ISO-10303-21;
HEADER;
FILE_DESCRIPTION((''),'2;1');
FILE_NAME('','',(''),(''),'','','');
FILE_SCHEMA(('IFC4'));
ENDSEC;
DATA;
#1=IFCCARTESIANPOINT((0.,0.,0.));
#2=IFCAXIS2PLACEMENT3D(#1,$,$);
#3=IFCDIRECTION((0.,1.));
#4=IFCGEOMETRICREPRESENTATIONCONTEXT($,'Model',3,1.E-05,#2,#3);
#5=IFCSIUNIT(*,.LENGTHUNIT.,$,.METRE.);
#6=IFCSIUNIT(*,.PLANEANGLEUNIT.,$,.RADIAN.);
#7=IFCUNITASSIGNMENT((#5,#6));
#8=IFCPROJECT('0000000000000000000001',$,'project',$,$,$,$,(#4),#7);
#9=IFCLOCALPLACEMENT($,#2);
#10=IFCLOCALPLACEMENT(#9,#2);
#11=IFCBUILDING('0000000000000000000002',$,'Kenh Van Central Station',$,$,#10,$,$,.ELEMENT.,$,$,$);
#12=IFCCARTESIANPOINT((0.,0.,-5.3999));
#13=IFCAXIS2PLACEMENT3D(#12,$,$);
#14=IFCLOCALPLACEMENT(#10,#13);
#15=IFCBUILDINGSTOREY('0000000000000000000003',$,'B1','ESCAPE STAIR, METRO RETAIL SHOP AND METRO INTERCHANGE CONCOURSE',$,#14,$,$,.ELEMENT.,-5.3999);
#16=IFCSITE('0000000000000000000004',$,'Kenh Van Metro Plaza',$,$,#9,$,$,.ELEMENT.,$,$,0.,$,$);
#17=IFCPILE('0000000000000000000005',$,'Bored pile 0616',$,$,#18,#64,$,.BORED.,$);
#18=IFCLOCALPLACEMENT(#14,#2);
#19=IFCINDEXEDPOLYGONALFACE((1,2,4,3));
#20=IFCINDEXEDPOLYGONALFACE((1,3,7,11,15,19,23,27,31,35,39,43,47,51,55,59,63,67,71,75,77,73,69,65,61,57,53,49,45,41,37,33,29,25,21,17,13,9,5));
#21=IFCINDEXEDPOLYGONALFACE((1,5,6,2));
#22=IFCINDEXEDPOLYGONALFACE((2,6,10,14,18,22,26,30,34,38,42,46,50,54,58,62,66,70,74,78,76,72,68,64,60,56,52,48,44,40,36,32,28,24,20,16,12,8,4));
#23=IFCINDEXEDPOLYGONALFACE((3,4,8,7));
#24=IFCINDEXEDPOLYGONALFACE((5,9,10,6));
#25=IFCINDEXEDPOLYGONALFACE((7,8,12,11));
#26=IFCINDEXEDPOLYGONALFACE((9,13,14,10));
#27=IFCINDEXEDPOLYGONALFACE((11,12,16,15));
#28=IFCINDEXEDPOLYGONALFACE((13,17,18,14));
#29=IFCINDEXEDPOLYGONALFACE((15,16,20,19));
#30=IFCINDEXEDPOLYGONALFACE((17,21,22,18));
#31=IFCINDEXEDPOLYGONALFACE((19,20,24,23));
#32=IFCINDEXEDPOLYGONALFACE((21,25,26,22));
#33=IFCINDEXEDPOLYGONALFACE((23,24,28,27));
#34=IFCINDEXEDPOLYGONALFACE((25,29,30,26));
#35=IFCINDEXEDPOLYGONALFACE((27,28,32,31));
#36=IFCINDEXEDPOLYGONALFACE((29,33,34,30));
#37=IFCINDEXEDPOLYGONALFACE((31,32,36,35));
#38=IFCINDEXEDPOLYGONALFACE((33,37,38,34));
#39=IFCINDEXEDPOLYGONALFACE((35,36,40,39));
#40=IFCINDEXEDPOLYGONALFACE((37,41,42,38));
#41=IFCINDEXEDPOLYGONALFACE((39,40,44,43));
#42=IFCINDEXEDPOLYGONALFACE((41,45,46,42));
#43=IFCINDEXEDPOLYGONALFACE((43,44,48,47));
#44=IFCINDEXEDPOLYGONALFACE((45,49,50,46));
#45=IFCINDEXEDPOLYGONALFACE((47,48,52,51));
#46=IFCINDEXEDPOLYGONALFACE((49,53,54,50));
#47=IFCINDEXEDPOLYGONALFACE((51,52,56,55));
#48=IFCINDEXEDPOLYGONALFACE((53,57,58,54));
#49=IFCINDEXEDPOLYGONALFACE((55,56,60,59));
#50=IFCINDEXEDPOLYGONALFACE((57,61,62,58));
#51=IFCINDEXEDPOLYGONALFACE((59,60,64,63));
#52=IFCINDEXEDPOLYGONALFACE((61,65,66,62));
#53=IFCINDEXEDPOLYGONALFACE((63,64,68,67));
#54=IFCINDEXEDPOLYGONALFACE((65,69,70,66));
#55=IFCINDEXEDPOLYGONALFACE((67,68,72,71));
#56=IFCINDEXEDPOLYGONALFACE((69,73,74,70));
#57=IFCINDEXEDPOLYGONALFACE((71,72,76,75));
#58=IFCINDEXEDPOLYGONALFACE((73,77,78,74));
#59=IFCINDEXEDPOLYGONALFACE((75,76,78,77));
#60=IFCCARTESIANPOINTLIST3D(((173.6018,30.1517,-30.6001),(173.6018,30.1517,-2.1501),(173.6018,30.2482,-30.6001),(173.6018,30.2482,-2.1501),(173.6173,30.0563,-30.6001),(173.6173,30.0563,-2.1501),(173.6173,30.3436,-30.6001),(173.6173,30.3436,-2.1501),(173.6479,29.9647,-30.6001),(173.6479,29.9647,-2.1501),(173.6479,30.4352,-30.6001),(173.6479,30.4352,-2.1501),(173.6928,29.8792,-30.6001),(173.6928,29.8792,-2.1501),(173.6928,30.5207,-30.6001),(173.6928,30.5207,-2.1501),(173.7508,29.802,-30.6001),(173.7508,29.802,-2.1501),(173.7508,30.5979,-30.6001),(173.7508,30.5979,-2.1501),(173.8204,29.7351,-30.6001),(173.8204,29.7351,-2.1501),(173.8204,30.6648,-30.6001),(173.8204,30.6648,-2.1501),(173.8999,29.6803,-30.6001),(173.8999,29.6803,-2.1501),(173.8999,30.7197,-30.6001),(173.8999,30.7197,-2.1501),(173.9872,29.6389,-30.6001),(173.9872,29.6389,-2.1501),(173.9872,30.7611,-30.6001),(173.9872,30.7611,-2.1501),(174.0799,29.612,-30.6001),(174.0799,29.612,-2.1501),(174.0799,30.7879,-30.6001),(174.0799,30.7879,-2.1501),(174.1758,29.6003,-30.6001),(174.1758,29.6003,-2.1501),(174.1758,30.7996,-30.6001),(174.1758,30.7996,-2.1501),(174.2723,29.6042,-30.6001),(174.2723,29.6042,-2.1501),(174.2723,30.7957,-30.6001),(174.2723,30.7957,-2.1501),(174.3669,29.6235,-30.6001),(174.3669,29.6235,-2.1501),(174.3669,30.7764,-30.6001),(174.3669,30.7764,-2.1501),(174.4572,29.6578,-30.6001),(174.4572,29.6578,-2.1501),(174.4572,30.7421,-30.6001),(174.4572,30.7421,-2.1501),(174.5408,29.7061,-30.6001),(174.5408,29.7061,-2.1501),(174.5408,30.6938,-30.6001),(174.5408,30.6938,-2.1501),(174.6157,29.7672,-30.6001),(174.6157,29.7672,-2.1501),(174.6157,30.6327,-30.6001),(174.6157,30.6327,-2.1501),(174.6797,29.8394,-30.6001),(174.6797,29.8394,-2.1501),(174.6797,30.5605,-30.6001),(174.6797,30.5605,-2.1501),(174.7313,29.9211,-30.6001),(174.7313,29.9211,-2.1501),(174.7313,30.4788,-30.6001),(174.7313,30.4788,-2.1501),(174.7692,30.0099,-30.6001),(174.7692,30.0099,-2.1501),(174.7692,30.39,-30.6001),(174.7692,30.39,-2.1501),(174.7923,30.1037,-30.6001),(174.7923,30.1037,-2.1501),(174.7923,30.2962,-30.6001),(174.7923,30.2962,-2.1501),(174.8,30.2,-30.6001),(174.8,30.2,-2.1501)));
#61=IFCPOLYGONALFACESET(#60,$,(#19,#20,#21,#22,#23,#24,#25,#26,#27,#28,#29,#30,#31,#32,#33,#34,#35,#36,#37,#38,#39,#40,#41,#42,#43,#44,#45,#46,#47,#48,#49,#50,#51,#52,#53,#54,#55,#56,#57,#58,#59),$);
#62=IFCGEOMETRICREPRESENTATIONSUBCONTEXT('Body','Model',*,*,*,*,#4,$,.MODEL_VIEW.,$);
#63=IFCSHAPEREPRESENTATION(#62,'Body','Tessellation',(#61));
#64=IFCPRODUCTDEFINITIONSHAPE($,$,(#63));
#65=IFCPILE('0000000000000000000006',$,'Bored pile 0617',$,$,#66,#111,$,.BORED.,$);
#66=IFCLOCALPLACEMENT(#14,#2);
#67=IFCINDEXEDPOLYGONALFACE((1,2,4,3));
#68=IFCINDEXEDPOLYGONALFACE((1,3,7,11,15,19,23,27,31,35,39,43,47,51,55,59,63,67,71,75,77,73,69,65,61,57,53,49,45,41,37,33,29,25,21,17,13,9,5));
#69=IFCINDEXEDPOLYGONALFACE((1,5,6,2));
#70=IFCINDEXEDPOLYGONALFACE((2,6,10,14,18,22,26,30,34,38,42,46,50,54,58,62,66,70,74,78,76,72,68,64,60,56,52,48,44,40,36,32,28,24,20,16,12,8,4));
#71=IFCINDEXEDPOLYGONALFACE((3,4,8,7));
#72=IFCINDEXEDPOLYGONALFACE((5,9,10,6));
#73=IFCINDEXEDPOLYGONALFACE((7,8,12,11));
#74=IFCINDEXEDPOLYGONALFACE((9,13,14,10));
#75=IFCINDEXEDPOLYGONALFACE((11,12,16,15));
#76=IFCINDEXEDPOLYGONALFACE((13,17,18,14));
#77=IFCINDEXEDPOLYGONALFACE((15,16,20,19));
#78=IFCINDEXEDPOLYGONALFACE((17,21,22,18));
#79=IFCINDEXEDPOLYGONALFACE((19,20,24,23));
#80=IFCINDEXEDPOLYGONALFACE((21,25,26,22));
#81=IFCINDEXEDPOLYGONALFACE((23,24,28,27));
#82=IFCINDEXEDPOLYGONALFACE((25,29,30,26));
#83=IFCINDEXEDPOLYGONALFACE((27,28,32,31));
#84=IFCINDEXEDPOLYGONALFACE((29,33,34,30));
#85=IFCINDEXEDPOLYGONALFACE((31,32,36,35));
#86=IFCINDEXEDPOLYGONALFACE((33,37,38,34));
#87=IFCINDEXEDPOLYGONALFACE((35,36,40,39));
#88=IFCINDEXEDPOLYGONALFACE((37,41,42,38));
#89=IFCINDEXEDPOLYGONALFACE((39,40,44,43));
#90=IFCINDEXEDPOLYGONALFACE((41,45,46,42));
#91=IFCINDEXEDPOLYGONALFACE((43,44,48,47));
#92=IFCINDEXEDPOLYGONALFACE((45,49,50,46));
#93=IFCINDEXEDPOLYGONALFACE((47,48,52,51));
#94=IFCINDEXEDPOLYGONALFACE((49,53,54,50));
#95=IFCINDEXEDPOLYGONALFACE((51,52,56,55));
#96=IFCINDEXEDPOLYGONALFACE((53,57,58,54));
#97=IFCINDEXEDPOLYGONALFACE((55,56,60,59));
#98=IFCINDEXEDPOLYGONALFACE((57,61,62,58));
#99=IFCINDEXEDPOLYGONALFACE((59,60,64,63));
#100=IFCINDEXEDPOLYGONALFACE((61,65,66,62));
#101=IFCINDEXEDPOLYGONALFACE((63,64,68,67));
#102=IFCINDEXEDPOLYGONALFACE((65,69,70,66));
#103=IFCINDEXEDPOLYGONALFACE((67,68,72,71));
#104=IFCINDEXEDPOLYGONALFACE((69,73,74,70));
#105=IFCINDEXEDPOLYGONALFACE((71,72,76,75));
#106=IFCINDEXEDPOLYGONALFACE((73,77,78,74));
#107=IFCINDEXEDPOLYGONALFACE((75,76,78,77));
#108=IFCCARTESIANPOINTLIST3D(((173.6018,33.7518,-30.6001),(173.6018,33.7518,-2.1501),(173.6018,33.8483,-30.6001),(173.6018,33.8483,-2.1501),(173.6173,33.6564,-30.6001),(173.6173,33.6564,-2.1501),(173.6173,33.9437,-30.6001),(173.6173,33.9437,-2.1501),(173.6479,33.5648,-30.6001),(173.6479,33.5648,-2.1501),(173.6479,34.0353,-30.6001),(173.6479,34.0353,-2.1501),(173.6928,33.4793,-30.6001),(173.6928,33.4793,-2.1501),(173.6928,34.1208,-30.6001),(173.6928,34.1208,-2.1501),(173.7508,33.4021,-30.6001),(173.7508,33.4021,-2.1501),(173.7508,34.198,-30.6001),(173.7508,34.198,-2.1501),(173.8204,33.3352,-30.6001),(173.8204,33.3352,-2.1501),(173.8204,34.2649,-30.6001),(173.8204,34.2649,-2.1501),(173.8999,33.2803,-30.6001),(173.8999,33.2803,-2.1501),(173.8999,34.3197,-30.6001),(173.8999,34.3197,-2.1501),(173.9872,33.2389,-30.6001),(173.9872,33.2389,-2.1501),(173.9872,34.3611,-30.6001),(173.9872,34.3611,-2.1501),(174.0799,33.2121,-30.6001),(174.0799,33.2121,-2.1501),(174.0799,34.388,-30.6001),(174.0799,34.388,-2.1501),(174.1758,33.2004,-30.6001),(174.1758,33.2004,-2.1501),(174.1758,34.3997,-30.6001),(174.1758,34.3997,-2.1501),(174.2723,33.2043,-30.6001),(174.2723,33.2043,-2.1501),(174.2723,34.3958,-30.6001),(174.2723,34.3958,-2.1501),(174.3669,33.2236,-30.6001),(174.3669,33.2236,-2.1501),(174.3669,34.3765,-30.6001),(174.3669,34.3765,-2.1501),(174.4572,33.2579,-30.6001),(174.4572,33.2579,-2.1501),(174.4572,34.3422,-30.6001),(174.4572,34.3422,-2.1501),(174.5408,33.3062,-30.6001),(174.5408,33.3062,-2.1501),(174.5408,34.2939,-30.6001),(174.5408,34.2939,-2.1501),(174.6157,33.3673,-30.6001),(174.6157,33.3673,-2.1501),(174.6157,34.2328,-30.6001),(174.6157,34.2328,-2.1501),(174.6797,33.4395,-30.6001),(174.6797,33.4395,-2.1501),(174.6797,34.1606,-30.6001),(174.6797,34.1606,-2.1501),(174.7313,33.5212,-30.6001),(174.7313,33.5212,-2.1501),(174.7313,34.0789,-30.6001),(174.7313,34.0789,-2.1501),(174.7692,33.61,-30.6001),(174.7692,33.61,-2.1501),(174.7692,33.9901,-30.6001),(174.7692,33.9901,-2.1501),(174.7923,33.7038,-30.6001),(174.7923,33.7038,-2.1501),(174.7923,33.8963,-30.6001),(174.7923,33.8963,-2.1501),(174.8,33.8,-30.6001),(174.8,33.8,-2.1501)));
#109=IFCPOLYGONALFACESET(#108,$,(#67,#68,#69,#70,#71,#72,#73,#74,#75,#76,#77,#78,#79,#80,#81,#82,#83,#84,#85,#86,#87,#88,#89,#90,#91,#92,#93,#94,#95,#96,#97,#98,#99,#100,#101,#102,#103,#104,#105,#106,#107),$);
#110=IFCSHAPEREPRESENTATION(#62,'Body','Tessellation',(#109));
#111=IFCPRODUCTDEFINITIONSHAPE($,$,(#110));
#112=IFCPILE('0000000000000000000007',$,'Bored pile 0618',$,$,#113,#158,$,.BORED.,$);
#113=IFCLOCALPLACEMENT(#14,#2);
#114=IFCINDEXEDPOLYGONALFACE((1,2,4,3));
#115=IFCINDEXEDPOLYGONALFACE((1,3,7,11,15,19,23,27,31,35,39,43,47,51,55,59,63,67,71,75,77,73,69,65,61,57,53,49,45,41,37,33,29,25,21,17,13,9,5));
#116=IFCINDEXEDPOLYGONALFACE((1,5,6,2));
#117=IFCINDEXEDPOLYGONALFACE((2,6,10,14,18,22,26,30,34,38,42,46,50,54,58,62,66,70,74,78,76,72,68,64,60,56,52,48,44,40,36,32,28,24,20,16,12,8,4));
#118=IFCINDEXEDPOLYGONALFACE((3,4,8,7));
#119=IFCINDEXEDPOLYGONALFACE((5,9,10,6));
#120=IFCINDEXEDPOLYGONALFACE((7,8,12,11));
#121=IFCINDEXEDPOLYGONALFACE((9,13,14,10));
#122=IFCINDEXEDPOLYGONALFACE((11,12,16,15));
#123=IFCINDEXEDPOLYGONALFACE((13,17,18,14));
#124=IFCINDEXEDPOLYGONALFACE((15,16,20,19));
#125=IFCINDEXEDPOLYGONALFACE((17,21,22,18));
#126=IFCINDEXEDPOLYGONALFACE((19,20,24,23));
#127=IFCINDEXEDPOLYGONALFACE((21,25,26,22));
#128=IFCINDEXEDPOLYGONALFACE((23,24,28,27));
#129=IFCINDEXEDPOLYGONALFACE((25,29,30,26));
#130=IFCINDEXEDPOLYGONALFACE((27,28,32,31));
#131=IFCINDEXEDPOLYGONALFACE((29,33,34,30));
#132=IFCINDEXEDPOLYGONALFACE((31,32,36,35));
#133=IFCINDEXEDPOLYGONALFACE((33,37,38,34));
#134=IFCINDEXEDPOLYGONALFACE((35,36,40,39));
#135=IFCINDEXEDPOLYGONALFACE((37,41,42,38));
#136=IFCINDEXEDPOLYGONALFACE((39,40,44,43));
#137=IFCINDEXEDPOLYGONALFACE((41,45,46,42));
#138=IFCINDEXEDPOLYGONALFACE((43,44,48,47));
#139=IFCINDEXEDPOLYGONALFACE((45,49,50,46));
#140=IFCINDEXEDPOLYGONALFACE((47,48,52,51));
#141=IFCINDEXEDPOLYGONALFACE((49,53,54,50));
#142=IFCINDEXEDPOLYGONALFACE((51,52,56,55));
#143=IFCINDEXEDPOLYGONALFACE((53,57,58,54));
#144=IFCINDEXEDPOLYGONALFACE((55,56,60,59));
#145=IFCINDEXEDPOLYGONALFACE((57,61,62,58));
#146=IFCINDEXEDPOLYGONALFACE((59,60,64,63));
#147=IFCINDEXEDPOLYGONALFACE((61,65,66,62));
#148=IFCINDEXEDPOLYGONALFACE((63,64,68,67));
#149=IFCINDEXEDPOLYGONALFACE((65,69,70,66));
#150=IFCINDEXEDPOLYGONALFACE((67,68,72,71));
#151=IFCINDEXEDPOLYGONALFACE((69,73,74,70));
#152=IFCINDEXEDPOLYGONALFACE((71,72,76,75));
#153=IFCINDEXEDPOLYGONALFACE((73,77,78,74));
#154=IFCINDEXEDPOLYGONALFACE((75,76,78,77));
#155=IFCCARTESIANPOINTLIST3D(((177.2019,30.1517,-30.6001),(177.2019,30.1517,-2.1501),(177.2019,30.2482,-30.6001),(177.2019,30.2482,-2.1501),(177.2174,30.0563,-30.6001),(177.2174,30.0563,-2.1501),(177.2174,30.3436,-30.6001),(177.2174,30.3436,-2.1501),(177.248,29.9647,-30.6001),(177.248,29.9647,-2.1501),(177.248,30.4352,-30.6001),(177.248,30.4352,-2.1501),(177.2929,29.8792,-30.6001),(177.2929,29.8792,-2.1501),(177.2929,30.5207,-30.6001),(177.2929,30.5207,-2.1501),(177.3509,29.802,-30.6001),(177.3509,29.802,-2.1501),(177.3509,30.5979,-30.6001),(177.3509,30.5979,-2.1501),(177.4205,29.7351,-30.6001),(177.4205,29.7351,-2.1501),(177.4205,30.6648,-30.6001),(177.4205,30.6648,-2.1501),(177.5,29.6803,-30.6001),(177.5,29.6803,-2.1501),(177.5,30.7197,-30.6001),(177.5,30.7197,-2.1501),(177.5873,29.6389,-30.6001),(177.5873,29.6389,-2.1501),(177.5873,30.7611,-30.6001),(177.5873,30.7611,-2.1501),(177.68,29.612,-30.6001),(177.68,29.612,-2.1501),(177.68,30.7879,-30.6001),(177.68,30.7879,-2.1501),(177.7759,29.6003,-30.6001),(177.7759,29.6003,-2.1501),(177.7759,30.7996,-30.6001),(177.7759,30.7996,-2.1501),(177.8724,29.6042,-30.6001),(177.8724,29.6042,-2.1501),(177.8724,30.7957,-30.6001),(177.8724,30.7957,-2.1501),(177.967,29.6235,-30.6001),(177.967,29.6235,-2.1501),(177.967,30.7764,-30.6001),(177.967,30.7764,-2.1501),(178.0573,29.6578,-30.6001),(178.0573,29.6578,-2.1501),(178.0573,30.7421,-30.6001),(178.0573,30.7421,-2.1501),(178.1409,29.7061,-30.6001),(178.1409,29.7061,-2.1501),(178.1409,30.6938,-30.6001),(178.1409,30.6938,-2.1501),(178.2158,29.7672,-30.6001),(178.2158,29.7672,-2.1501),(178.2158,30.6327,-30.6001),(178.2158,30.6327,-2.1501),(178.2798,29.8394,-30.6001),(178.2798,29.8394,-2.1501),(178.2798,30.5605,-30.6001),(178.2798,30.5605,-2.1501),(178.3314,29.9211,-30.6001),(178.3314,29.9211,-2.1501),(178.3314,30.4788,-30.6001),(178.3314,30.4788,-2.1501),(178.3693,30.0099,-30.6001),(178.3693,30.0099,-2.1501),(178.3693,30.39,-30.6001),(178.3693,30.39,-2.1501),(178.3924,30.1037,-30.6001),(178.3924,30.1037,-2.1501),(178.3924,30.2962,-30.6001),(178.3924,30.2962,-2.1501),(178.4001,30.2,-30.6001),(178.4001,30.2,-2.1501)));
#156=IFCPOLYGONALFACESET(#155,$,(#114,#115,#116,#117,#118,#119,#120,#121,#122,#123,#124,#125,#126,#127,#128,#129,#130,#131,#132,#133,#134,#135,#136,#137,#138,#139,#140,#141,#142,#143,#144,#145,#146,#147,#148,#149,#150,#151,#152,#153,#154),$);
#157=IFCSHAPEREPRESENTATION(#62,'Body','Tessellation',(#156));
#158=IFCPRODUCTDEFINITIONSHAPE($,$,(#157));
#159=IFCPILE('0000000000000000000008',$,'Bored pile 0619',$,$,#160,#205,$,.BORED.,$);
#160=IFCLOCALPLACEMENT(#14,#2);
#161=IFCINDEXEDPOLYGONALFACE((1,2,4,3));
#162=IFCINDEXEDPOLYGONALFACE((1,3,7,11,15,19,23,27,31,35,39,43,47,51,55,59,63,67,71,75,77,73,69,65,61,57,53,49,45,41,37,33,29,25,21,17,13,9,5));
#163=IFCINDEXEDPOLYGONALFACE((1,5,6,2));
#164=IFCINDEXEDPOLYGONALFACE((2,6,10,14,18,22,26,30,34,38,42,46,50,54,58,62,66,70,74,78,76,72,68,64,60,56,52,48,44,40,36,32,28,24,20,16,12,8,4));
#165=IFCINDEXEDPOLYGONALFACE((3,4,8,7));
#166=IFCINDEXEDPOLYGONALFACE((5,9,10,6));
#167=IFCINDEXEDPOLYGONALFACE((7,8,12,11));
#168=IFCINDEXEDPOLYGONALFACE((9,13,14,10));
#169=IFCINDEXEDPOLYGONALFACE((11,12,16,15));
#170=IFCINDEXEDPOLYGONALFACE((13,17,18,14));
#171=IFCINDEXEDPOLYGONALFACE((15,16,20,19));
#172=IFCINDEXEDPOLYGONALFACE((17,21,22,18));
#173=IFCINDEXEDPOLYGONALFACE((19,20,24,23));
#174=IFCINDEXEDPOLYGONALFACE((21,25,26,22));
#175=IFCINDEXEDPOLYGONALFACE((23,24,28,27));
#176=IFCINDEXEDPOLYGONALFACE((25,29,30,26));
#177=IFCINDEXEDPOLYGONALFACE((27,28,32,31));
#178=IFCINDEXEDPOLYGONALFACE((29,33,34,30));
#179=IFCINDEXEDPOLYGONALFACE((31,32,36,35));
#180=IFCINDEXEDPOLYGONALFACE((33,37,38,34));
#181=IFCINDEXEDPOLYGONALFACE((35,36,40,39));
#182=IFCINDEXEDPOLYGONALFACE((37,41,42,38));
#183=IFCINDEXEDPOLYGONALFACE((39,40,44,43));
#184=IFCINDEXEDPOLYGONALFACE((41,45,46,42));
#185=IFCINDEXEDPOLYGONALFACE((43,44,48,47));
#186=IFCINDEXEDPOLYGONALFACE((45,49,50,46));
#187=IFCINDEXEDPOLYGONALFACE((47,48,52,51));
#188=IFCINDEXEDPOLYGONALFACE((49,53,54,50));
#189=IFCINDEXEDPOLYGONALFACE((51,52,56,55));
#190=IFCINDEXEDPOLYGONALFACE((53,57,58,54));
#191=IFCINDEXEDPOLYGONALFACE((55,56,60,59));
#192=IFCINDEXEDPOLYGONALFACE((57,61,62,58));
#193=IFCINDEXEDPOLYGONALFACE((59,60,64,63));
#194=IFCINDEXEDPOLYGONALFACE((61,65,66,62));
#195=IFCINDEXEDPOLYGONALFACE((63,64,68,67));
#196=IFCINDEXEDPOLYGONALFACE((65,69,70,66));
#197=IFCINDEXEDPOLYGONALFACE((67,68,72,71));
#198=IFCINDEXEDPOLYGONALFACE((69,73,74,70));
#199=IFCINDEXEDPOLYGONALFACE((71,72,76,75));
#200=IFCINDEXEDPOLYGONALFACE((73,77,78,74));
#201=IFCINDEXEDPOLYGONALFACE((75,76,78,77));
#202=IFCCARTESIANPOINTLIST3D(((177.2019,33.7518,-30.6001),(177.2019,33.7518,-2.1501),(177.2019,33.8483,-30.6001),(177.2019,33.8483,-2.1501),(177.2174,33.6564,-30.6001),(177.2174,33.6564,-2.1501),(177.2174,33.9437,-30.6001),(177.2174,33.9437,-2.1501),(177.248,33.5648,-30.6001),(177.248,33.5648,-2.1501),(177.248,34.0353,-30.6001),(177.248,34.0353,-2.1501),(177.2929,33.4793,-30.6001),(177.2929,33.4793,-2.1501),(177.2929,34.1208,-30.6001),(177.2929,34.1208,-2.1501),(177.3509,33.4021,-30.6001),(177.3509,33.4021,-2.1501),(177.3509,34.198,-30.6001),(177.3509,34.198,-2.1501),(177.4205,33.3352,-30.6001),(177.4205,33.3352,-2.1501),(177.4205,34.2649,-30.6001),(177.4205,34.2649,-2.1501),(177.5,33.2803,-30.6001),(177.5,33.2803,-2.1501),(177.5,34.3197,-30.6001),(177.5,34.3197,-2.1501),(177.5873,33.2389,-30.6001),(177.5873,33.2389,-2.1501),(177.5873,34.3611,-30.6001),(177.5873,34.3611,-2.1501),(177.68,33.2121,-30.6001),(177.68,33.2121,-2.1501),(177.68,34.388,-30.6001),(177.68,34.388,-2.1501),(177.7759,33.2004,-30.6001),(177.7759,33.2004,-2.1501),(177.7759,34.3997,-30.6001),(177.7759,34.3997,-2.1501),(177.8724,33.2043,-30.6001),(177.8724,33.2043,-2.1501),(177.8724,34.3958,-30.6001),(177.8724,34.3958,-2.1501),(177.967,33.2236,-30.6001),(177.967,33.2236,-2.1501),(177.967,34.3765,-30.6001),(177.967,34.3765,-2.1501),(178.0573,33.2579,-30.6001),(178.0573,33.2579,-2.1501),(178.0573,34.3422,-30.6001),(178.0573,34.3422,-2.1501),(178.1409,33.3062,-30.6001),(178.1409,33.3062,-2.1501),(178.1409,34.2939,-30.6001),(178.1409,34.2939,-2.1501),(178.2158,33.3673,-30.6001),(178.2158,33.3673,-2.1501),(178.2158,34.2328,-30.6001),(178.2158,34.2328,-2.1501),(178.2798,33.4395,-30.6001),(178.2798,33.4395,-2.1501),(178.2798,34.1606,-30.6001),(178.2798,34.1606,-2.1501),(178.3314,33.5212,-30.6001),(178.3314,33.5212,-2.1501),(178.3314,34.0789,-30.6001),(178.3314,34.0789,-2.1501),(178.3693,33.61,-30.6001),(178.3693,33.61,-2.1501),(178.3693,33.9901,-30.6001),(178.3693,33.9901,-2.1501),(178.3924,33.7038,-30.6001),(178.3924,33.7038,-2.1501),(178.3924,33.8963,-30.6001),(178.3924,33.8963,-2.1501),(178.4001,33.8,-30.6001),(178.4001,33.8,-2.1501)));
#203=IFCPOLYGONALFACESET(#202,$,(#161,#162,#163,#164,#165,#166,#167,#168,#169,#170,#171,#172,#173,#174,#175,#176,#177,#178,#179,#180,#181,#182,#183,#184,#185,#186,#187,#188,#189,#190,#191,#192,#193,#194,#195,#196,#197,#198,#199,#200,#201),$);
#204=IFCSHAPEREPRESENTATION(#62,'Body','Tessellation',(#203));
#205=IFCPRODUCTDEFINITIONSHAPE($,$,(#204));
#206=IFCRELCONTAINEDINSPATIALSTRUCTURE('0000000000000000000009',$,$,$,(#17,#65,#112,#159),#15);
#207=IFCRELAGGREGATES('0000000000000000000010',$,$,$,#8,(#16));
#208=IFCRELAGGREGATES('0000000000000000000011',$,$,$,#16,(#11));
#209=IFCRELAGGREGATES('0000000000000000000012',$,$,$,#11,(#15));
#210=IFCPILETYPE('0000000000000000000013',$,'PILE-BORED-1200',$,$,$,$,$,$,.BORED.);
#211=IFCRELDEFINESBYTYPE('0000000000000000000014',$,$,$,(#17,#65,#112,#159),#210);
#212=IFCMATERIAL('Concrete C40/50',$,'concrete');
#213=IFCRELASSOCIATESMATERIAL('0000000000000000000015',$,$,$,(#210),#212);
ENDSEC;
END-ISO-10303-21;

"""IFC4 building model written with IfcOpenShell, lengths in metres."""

from ifc_helpers import new_model, si_unit, direction, frame, origin, origin_2d, place, context, subcontext, project, spatial, circle, extrude, material, material_profile, profile_set, type_object, element, save


model = new_model("IFC4")

# Units and contexts
model_context = context("Model", 3, precision=1e-05, world=origin(), true_north=direction((0.0, 1.0)))
body_context = subcontext(model_context, "Body", "Model", "MODEL_VIEW")
ifc_project = project(units=[si_unit("LENGTHUNIT", "METRE"), si_unit("PLANEANGLEUNIT", "RADIAN")], contexts=[model_context])

# Site, building, storey
site_placement = place(None, origin())
site = spatial("IfcSite", under=ifc_project, at=site_placement, Name="Kenh Van Metro Plaza", CompositionType="ELEMENT", RefElevation=0.0)
building_placement = place(site_placement, origin())
building = spatial("IfcBuilding", under=site, at=building_placement, Name="Kenh Van Central Station", CompositionType="ELEMENT")
storey_placement = place(building_placement, frame((0.0, 0.0, -5.3999)))
storey = spatial("IfcBuildingStorey", under=building, at=storey_placement, Name="B1", Description="ESCAPE STAIR, METRO RETAIL SHOP AND METRO INTERCHANGE CONCOURSE", CompositionType="ELEMENT", Elevation=-5.3999)

# Shared definitions
ifc_material_1 = material(Name="Concrete C40/50", Category="concrete")

# Piles
ifc_material_profile_1 = material_profile(ifc_material_1, circle(Radius=0.6001, at=origin_2d()), Name="PILE D1200")
ifc_profile_set_1 = profile_set([ifc_material_profile_1], Name="Concrete C40/50")
pile_type = type_object("IfcPileType", Name="PILE-BORED-1200", PredefinedType="BORED", material=ifc_profile_set_1)
for number, where, z_axis, x_axis, name in (
    (1, (174.2, 30.2, -2.1501), (0.0, 0.0, -1.0), (1.0, 0.0, 0.0), "Bored pile 0616"),
    (2, (174.2, 33.8, -2.1501), (0.0, 0.0, -1.0), (1.0, 0.0, 0.0), "Bored pile 0617"),
    (3, (177.8, 30.2, -2.1501), (0.0, 0.0, -1.0), (1.0, 0.0, 0.0), "Bored pile 0618"),
    (4, (177.8, 33.8, -2.1501), (0.0, 0.0, -1.0), (1.0, 0.0, 0.0), "Bored pile 0619"),
):
    element("IfcPile", number, at=place(storey_placement, frame(where, z_axis=z_axis, x_axis=x_axis)), inside=storey, type_object=pile_type, Name=name, PredefinedType="BORED", context=body_context, shape_type="SweptSolid", body=[
        extrude(circle(Radius=0.6001, at=origin_2d()), origin(), (0.0, 0.0, 1.0), 28.45),
    ])

save(model, "model.ifc")
